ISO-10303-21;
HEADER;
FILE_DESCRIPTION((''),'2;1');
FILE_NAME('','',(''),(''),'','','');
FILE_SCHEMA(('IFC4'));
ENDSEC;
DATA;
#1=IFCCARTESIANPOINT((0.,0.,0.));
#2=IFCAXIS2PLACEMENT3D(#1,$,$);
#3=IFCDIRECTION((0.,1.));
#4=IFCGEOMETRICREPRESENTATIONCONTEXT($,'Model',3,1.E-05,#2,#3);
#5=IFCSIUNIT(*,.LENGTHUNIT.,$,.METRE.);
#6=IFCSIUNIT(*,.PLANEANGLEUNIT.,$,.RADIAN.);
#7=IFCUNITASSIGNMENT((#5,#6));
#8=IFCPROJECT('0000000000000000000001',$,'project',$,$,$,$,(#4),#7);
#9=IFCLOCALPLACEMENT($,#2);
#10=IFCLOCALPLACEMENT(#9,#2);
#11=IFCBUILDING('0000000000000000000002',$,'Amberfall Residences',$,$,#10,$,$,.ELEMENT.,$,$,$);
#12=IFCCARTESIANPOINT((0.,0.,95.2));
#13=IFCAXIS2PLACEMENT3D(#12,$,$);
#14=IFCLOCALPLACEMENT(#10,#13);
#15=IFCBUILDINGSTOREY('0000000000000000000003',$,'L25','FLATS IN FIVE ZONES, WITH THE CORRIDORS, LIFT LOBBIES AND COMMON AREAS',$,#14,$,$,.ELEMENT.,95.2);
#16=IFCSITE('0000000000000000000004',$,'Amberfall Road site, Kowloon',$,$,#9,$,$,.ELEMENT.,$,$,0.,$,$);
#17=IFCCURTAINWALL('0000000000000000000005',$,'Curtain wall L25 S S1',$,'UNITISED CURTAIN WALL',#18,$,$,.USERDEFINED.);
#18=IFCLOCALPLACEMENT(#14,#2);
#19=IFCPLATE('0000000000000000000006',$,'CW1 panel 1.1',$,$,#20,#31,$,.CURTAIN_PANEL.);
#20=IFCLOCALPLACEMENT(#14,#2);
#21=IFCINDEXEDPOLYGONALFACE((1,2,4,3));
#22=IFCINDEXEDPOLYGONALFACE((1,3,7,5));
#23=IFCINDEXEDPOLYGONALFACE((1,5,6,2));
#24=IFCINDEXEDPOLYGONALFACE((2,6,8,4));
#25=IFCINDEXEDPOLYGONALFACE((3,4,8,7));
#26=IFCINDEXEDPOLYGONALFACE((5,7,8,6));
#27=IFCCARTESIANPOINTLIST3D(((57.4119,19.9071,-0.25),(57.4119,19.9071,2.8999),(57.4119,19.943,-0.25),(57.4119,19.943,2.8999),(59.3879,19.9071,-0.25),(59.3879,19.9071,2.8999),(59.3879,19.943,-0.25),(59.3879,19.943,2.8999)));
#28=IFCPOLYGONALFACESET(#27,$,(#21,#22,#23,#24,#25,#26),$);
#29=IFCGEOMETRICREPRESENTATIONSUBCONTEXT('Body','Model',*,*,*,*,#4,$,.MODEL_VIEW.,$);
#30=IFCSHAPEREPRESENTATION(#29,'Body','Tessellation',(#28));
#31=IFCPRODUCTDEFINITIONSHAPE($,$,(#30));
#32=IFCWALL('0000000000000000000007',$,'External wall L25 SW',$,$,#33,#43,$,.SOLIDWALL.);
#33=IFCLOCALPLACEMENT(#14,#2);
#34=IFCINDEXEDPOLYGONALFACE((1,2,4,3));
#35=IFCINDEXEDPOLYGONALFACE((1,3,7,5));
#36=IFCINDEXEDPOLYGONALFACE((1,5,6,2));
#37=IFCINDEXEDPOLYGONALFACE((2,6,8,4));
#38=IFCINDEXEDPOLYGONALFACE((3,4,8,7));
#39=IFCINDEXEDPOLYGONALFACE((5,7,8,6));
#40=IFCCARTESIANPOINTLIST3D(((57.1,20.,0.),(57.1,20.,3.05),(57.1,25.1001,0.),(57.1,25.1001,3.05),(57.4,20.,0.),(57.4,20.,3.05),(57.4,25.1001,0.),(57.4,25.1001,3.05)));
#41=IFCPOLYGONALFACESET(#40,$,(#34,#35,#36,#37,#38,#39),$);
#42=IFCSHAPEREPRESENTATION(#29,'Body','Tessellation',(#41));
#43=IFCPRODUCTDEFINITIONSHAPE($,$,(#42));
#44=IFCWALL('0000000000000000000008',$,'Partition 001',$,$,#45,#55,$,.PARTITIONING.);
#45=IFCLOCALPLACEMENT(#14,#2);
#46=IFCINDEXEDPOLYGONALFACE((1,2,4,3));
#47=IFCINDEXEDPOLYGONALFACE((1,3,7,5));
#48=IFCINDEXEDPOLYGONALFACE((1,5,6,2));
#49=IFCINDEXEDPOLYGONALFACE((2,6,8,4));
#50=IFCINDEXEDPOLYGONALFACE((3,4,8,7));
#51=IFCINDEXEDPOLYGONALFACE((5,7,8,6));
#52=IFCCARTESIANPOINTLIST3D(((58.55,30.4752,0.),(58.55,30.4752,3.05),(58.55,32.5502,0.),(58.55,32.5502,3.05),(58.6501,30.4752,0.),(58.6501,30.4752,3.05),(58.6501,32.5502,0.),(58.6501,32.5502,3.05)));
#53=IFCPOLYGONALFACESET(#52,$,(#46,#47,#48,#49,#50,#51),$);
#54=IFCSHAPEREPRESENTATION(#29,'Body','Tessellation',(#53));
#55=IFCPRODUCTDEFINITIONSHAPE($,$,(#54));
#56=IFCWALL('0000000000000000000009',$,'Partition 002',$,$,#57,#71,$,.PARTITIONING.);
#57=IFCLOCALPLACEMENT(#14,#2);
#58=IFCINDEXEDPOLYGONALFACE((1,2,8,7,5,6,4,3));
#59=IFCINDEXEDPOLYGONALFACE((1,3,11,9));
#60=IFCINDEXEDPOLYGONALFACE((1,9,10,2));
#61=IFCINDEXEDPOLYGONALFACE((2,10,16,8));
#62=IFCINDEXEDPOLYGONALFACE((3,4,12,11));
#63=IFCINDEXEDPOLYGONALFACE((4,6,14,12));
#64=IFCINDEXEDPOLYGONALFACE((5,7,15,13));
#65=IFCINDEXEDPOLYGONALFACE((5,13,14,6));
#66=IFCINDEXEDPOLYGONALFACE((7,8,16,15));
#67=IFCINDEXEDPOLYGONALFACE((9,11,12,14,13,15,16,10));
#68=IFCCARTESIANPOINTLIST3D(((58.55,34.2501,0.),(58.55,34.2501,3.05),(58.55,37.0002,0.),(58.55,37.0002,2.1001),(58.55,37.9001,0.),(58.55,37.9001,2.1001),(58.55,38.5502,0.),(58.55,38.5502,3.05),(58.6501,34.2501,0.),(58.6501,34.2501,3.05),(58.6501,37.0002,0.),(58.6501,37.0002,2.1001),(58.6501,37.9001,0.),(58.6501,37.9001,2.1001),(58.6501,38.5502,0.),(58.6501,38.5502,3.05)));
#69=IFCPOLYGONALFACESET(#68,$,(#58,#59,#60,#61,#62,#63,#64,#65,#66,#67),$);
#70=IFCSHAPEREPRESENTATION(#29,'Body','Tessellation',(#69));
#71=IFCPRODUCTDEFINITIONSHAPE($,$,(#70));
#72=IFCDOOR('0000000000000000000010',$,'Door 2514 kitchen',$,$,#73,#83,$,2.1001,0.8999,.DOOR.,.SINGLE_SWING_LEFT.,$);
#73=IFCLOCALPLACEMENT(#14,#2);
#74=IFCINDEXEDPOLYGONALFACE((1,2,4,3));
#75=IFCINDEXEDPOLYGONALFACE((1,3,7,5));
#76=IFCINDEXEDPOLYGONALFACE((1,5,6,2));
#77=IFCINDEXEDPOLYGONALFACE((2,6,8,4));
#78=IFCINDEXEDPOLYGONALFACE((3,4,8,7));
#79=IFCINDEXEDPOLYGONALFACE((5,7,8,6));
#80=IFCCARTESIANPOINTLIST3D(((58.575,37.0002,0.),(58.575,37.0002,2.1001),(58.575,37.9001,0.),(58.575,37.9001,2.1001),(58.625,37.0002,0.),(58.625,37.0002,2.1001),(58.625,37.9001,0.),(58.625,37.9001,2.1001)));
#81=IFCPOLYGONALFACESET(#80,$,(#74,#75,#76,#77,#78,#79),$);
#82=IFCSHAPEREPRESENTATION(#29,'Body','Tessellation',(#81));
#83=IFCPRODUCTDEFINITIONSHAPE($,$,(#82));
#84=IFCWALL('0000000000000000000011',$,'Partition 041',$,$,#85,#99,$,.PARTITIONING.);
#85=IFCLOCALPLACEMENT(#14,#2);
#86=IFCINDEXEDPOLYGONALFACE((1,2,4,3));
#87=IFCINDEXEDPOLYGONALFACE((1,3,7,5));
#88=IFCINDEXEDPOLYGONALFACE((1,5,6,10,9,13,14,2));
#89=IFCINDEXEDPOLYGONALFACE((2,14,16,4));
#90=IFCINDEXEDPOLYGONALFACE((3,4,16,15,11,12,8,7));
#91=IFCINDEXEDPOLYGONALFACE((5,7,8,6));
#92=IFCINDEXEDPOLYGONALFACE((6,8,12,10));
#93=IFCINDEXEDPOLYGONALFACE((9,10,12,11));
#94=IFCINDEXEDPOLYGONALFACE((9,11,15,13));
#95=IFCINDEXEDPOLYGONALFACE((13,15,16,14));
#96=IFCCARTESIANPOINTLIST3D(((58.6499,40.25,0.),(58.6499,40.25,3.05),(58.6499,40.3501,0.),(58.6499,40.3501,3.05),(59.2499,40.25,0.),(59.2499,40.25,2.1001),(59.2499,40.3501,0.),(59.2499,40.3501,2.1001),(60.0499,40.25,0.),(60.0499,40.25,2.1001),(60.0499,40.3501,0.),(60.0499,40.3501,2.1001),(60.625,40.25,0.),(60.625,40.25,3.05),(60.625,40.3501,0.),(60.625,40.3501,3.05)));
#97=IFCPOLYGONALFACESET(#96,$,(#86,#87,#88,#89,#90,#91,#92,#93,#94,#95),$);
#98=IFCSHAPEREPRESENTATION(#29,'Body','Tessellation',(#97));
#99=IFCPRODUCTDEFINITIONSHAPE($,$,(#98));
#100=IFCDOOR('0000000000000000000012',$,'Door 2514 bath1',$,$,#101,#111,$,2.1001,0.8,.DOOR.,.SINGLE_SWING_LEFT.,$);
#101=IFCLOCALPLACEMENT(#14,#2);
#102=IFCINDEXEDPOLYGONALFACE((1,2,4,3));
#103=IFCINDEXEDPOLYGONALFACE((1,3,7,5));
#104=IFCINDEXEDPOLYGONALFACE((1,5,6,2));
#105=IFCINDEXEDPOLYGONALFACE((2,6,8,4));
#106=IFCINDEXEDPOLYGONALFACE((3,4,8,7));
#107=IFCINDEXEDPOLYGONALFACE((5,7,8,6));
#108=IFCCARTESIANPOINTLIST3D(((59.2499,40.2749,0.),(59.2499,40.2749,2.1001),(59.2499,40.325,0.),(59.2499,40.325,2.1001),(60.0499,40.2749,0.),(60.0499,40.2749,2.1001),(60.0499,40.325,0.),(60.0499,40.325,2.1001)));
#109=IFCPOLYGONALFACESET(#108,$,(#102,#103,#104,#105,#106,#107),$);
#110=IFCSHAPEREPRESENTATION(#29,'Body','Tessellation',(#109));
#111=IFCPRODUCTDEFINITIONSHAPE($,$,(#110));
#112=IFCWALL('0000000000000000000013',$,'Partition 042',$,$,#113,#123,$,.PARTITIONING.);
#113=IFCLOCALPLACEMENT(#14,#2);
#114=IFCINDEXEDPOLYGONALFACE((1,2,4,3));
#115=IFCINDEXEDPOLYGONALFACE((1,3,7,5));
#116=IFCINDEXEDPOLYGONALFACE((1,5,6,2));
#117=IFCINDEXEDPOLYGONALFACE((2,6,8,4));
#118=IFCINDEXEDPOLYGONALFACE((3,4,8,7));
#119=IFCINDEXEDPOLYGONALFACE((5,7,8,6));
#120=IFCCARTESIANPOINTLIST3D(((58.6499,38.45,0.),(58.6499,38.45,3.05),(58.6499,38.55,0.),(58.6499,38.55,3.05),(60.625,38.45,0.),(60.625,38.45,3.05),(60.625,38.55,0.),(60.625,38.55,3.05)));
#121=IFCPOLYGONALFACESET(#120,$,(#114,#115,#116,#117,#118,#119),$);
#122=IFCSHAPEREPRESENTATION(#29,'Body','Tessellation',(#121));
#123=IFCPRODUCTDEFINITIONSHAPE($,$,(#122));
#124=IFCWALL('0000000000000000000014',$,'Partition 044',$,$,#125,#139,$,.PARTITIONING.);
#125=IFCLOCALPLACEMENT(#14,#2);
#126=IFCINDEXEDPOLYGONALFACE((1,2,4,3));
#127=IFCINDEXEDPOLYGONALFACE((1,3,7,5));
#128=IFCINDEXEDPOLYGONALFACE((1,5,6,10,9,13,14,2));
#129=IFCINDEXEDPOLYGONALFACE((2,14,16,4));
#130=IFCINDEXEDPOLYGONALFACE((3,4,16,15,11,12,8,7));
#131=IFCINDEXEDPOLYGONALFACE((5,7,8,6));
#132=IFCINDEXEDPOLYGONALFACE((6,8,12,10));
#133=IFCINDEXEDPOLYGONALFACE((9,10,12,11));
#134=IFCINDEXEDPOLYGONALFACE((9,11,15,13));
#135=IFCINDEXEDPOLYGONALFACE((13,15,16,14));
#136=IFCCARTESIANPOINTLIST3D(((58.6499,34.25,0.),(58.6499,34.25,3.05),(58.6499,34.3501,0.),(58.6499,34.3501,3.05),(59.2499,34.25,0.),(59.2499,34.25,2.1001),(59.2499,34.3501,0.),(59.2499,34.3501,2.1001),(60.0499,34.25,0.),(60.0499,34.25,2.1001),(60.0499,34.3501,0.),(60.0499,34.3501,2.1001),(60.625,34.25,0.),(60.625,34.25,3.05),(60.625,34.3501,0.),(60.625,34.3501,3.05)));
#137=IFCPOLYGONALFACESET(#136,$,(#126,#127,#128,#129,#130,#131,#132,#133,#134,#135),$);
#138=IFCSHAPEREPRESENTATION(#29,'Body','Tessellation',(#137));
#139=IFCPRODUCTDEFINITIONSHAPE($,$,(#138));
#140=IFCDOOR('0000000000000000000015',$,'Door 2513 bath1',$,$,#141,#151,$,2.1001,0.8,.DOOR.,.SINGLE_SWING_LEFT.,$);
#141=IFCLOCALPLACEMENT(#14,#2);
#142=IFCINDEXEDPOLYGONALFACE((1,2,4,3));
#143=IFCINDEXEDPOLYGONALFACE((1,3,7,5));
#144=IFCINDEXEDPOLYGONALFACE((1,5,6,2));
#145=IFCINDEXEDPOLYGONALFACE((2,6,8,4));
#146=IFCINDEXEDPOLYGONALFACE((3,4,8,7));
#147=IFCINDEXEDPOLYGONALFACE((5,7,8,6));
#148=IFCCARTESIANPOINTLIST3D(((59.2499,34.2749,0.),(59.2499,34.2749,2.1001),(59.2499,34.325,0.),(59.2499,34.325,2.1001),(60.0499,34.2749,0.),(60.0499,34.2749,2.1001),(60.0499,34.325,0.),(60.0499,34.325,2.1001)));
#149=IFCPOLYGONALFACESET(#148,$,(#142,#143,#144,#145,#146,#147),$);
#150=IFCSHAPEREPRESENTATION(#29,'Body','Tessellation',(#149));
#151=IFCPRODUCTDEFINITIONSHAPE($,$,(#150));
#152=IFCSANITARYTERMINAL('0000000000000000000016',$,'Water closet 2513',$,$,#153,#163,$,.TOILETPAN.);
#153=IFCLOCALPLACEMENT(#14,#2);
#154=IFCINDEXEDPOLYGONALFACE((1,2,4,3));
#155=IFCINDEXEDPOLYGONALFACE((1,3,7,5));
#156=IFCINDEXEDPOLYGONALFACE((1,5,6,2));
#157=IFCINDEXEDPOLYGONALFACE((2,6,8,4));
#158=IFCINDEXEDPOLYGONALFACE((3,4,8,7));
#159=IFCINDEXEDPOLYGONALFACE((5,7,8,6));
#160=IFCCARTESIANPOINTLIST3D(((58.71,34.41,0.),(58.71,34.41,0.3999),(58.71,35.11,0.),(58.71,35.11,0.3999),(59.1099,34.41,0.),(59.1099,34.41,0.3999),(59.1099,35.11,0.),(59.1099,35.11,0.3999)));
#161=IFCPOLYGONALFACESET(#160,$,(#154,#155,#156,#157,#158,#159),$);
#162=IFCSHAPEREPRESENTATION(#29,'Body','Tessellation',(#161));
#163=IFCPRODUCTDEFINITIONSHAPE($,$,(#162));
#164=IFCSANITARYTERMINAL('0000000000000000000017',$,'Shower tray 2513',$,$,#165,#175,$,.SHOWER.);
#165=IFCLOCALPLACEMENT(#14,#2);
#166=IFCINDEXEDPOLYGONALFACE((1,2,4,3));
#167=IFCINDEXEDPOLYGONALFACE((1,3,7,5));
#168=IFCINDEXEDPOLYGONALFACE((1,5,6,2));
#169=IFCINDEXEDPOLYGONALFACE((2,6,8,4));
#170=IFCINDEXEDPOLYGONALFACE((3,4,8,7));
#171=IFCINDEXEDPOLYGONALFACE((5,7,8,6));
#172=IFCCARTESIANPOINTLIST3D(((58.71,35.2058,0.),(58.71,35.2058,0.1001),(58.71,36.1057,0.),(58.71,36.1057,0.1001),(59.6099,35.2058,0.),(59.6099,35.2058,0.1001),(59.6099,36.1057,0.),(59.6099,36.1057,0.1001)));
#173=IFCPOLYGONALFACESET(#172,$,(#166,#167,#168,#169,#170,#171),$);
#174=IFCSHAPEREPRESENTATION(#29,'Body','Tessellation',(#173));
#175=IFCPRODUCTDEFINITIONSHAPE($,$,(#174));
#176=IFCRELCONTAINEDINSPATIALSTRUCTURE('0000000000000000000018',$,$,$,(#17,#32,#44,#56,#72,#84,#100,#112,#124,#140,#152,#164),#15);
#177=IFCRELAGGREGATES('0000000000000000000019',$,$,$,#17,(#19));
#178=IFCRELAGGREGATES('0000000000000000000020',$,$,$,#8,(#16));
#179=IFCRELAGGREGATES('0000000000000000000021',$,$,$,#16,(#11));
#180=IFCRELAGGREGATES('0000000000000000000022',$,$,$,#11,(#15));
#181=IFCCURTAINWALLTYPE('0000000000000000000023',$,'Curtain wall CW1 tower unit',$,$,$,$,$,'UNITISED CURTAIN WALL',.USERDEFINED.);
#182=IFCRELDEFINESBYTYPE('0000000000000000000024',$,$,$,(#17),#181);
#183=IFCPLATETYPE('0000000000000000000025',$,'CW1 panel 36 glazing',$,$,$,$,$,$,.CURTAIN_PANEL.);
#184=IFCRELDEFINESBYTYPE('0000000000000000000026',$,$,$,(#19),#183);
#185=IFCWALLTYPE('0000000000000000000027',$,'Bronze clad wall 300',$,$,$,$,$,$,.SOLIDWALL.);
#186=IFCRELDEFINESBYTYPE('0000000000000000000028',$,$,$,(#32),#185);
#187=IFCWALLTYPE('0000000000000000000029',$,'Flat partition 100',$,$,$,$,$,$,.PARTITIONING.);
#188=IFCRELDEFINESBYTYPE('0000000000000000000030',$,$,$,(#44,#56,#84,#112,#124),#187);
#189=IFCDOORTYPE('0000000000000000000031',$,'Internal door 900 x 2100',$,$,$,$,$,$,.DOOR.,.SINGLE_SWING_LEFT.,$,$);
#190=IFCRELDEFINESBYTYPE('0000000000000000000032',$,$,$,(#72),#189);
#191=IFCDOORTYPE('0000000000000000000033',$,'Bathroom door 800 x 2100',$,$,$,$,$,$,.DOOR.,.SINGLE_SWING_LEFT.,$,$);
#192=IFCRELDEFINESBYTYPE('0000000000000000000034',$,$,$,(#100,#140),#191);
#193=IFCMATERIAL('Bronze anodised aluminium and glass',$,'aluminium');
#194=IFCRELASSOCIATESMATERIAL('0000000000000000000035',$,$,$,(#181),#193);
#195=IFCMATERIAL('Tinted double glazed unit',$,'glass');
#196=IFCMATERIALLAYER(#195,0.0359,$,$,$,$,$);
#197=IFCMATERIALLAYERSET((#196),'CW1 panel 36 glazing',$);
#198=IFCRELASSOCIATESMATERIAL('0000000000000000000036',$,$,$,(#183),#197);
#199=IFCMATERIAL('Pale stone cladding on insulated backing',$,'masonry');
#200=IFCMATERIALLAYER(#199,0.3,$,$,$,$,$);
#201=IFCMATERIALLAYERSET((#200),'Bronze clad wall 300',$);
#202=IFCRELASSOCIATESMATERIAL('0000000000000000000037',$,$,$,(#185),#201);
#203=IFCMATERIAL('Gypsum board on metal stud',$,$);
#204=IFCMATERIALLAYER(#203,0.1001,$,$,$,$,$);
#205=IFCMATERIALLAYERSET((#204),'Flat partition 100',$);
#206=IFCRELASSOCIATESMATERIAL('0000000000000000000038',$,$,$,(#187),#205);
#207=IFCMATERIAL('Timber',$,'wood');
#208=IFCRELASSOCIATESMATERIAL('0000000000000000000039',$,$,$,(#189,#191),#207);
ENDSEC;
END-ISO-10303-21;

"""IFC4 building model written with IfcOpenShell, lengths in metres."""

from ifc_helpers import new_model, si_unit, direction, frame, frame_2d, origin, origin_2d, place, context, subcontext, project, spatial, rectangle, extrude, material, layer, layer_set, type_object, element, fill, aggregate, save


model = new_model("IFC4")

# Units and contexts
model_context = context("Model", 3, precision=1e-05, world=origin(), true_north=direction((0.0, 1.0)))
body_context = subcontext(model_context, "Body", "Model", "MODEL_VIEW")
ifc_project = project(units=[si_unit("LENGTHUNIT", "METRE"), si_unit("PLANEANGLEUNIT", "RADIAN")], contexts=[model_context])

# Site, building, storey
site_placement = place(None, origin())
site = spatial("IfcSite", under=ifc_project, at=site_placement, Name="Amberfall Road site, Kowloon", CompositionType="ELEMENT", RefElevation=0.0)
building_placement = place(site_placement, origin())
building = spatial("IfcBuilding", under=site, at=building_placement, Name="Amberfall Residences", CompositionType="ELEMENT")
storey_placement = place(building_placement, frame((0.0, 0.0, 95.2)))
storey = spatial("IfcBuildingStorey", under=building, at=storey_placement, Name="L25", Description="FLATS IN FIVE ZONES, WITH THE CORRIDORS, LIFT LOBBIES AND COMMON AREAS", CompositionType="ELEMENT", Elevation=95.2)

# Curtain wall
ifc_material_1 = material(Name="Bronze anodised aluminium and glass", Category="aluminium")
curtain_wall_type = type_object("IfcCurtainWallType", Name="Curtain wall CW1 tower unit", ElementType="UNITISED CURTAIN WALL", PredefinedType="USERDEFINED", material=ifc_material_1)
curtain_wall_placement = place(storey_placement, origin())
curtain_wall = element("IfcCurtainWall", 1, at=curtain_wall_placement, inside=storey, type_object=curtain_wall_type, Name="Curtain wall L25 S S1", ObjectType="UNITISED CURTAIN WALL", PredefinedType="USERDEFINED")

# Plate
ifc_material_2 = material(Name="Tinted double glazed unit", Category="glass")
ifc_layer_1 = layer(ifc_material_2, 0.0359)
ifc_layer_set_1 = layer_set([ifc_layer_1], Name="CW1 panel 36 glazing")
plate_type = type_object("IfcPlateType", Name="CW1 panel 36 glazing", PredefinedType="CURTAIN_PANEL", material=ifc_layer_set_1)
plate_placement = place(storey_placement, frame((58.3999, 19.925, -0.25), z_axis=(0.0, 0.0, 1.0), x_axis=(1.0, 0.0, 0.0)))
plate = element("IfcPlate", 2, at=plate_placement, type_object=plate_type, Name="CW1 panel 1.1", PredefinedType="CURTAIN_PANEL", context=body_context, shape_type="SweptSolid", body=[
    extrude(rectangle(XDim=1.9761, YDim=0.0359, at=origin_2d()), origin(), (0.0, 0.0, 1.0), 3.1499),
])
aggregate(curtain_wall, [plate])

# Walls
ifc_material_3 = material(Name="Pale stone cladding on insulated backing", Category="masonry")
ifc_layer_2 = layer(ifc_material_3, 0.3)
ifc_layer_set_2 = layer_set([ifc_layer_2], Name="Bronze clad wall 300")
wall_type_1 = type_object("IfcWallType", Name="Bronze clad wall 300", PredefinedType="SOLIDWALL", material=ifc_layer_set_2)
wall_1_placement = place(storey_placement, frame((57.25, 25.1001, 0.0), z_axis=(0.0, 0.0, 1.0), x_axis=(0.0, -1.0, 0.0)))
element("IfcWall", 3, at=wall_1_placement, inside=storey, type_object=wall_type_1, Name="External wall L25 SW", PredefinedType="SOLIDWALL", context=body_context, shape_type="SweptSolid", body=[
    extrude(rectangle(XDim=5.1001, YDim=0.3, at=frame_2d((2.55, 0.0))), origin(), (0.0, 0.0, 1.0), 3.05),
])
ifc_material_4 = material(Name="Gypsum board on metal stud")
ifc_layer_3 = layer(ifc_material_4, 0.1001)
ifc_layer_set_3 = layer_set([ifc_layer_3], Name="Flat partition 100")
wall_type_2 = type_object("IfcWallType", Name="Flat partition 100", PredefinedType="PARTITIONING", material=ifc_layer_set_3)
wall_2_placement = place(storey_placement, frame((58.6001, 30.4751, 0.0), z_axis=(0.0, 0.0, 1.0), x_axis=(0.0, 1.0, 0.0)))
element("IfcWall", 4, at=wall_2_placement, inside=storey, type_object=wall_type_2, Name="Partition 001", PredefinedType="PARTITIONING", context=body_context, shape_type="SweptSolid", body=[
    extrude(rectangle(XDim=2.075, YDim=0.1001, at=frame_2d((1.0376, 0.0))), origin(), (0.0, 0.0, 1.0), 3.05),
])

# Walls, openings, doors
wall_3_placement = place(storey_placement, frame((58.6001, 38.55, 0.0), z_axis=(0.0, 0.0, 1.0), x_axis=(0.0, -1.0, 0.0)))
wall_3 = element("IfcWall", 5, at=wall_3_placement, inside=storey, type_object=wall_type_2, Name="Partition 002", PredefinedType="PARTITIONING", context=body_context, shape_type="SweptSolid", body=[
    extrude(rectangle(XDim=4.3, YDim=0.1001, at=frame_2d((2.1499, 0.0))), origin(), (0.0, 0.0, 1.0), 3.05),
])
opening_1_placement = place(wall_3_placement, frame((0.6499, 0.0, 0.0)))
opening_1 = element("IfcOpeningElement", 6, at=opening_1_placement, cuts=wall_3, PredefinedType="OPENING", context=body_context, shape_type="SweptSolid", body=[
    extrude(rectangle(XDim=0.8999, YDim=2.1001, at=frame_2d((0.45, 1.05))), frame((0.0, 0.0601, 0.0), z_axis=(0.0, -1.0, 0.0), x_axis=(1.0, 0.0, 0.0)), (0.0, 0.0, 1.0), 0.1201),
])
ifc_material_5 = material(Name="Timber", Category="wood")
door_type_1 = type_object("IfcDoorType", Name="Internal door 900 x 2100", OperationType="SINGLE_SWING_LEFT", PredefinedType="DOOR", material=ifc_material_5)
door_1_placement = place(opening_1_placement, origin())
door_1 = element("IfcDoor", 7, at=door_1_placement, inside=storey, type_object=door_type_1, Name="Door 2514 kitchen", OperationType="SINGLE_SWING_LEFT", OverallHeight=2.1001, OverallWidth=0.8999, PredefinedType="DOOR", context=body_context, shape_type="SweptSolid", body=[
    extrude(rectangle(XDim=0.8999, YDim=2.1001, at=frame_2d((0.45, 1.05))), frame((0.0, 0.0249, 0.0), z_axis=(0.0, -1.0, 0.0), x_axis=(1.0, 0.0, 0.0)), (0.0, 0.0, 1.0), 0.05),
])
fill(opening_1, door_1)
wall_4_placement = place(storey_placement, frame((58.6499, 40.3, 0.0), z_axis=(0.0, 0.0, 1.0), x_axis=(1.0, 0.0, 0.0)))
wall_4 = element("IfcWall", 8, at=wall_4_placement, inside=storey, type_object=wall_type_2, Name="Partition 041", PredefinedType="PARTITIONING", context=body_context, shape_type="SweptSolid", body=[
    extrude(rectangle(XDim=1.9751, YDim=0.1001, at=frame_2d((0.9875, 0.0))), origin(), (0.0, 0.0, 1.0), 3.05),
])
opening_2_placement = place(wall_4_placement, frame((0.6001, 0.0, 0.0)))
opening_2 = element("IfcOpeningElement", 9, at=opening_2_placement, cuts=wall_4, PredefinedType="OPENING", context=body_context, shape_type="SweptSolid", body=[
    extrude(rectangle(XDim=0.8, YDim=2.1001, at=frame_2d((0.3999, 1.05))), frame((0.0, 0.0601, 0.0), z_axis=(0.0, -1.0, 0.0), x_axis=(1.0, 0.0, 0.0)), (0.0, 0.0, 1.0), 0.1201),
])
door_type_2 = type_object("IfcDoorType", Name="Bathroom door 800 x 2100", OperationType="SINGLE_SWING_LEFT", PredefinedType="DOOR", material=ifc_material_5)
door_2_placement = place(opening_2_placement, origin())
door_2 = element("IfcDoor", 10, at=door_2_placement, inside=storey, type_object=door_type_2, Name="Door 2514 bath1", OperationType="SINGLE_SWING_LEFT", OverallHeight=2.1001, OverallWidth=0.8, PredefinedType="DOOR", context=body_context, shape_type="SweptSolid", body=[
    extrude(rectangle(XDim=0.8, YDim=2.1001, at=frame_2d((0.3999, 1.05))), frame((0.0, 0.0249, 0.0), z_axis=(0.0, -1.0, 0.0), x_axis=(1.0, 0.0, 0.0)), (0.0, 0.0, 1.0), 0.05),
])
fill(opening_2, door_2)

# Wall
wall_5_placement = place(storey_placement, frame((58.6499, 38.5, 0.0), z_axis=(0.0, 0.0, 1.0), x_axis=(1.0, 0.0, 0.0)))
element("IfcWall", 11, at=wall_5_placement, inside=storey, type_object=wall_type_2, Name="Partition 042", PredefinedType="PARTITIONING", context=body_context, shape_type="SweptSolid", body=[
    extrude(rectangle(XDim=1.9751, YDim=0.1001, at=frame_2d((0.9875, 0.0))), origin(), (0.0, 0.0, 1.0), 3.05),
])

# Wall, opening, door
wall_6_placement = place(storey_placement, frame((58.6499, 34.3, 0.0), z_axis=(0.0, 0.0, 1.0), x_axis=(1.0, 0.0, 0.0)))
wall_6 = element("IfcWall", 12, at=wall_6_placement, inside=storey, type_object=wall_type_2, Name="Partition 044", PredefinedType="PARTITIONING", context=body_context, shape_type="SweptSolid", body=[
    extrude(rectangle(XDim=1.9751, YDim=0.1001, at=frame_2d((0.9875, 0.0))), origin(), (0.0, 0.0, 1.0), 3.05),
])
opening_3_placement = place(wall_6_placement, frame((0.6001, 0.0, 0.0)))
opening_3 = element("IfcOpeningElement", 13, at=opening_3_placement, cuts=wall_6, PredefinedType="OPENING", context=body_context, shape_type="SweptSolid", body=[
    extrude(rectangle(XDim=0.8, YDim=2.1001, at=frame_2d((0.3999, 1.05))), frame((0.0, 0.0601, 0.0), z_axis=(0.0, -1.0, 0.0), x_axis=(1.0, 0.0, 0.0)), (0.0, 0.0, 1.0), 0.1201),
])
door_3_placement = place(opening_3_placement, origin())
door_3 = element("IfcDoor", 14, at=door_3_placement, inside=storey, type_object=door_type_2, Name="Door 2513 bath1", OperationType="SINGLE_SWING_LEFT", OverallHeight=2.1001, OverallWidth=0.8, PredefinedType="DOOR", context=body_context, shape_type="SweptSolid", body=[
    extrude(rectangle(XDim=0.8, YDim=2.1001, at=frame_2d((0.3999, 1.05))), frame((0.0, 0.0249, 0.0), z_axis=(0.0, -1.0, 0.0), x_axis=(1.0, 0.0, 0.0)), (0.0, 0.0, 1.0), 0.05),
])
fill(opening_3, door_3)

# Sanitary terminals
sanitary_terminal_1_placement = place(storey_placement, frame((58.9099, 34.76, 0.0), z_axis=(0.0, 0.0, 1.0), x_axis=(1.0, 0.0, 0.0)))
element("IfcSanitaryTerminal", 15, at=sanitary_terminal_1_placement, inside=storey, Name="Water closet 2513", PredefinedType="TOILETPAN", context=body_context, shape_type="SweptSolid", body=[
    extrude(rectangle(XDim=0.3999, YDim=0.7, at=origin_2d()), origin(), (0.0, 0.0, 1.0), 0.3999),
])
sanitary_terminal_2_placement = place(storey_placement, frame((59.1599, 35.6558, 0.0), z_axis=(0.0, 0.0, 1.0), x_axis=(1.0, 0.0, 0.0)))
element("IfcSanitaryTerminal", 16, at=sanitary_terminal_2_placement, inside=storey, Name="Shower tray 2513", PredefinedType="SHOWER", context=body_context, shape_type="SweptSolid", body=[
    extrude(rectangle(XDim=0.8999, YDim=0.8999, at=origin_2d()), origin(), (0.0, 0.0, 1.0), 0.1001),
])

save(model, "model.ifc")
